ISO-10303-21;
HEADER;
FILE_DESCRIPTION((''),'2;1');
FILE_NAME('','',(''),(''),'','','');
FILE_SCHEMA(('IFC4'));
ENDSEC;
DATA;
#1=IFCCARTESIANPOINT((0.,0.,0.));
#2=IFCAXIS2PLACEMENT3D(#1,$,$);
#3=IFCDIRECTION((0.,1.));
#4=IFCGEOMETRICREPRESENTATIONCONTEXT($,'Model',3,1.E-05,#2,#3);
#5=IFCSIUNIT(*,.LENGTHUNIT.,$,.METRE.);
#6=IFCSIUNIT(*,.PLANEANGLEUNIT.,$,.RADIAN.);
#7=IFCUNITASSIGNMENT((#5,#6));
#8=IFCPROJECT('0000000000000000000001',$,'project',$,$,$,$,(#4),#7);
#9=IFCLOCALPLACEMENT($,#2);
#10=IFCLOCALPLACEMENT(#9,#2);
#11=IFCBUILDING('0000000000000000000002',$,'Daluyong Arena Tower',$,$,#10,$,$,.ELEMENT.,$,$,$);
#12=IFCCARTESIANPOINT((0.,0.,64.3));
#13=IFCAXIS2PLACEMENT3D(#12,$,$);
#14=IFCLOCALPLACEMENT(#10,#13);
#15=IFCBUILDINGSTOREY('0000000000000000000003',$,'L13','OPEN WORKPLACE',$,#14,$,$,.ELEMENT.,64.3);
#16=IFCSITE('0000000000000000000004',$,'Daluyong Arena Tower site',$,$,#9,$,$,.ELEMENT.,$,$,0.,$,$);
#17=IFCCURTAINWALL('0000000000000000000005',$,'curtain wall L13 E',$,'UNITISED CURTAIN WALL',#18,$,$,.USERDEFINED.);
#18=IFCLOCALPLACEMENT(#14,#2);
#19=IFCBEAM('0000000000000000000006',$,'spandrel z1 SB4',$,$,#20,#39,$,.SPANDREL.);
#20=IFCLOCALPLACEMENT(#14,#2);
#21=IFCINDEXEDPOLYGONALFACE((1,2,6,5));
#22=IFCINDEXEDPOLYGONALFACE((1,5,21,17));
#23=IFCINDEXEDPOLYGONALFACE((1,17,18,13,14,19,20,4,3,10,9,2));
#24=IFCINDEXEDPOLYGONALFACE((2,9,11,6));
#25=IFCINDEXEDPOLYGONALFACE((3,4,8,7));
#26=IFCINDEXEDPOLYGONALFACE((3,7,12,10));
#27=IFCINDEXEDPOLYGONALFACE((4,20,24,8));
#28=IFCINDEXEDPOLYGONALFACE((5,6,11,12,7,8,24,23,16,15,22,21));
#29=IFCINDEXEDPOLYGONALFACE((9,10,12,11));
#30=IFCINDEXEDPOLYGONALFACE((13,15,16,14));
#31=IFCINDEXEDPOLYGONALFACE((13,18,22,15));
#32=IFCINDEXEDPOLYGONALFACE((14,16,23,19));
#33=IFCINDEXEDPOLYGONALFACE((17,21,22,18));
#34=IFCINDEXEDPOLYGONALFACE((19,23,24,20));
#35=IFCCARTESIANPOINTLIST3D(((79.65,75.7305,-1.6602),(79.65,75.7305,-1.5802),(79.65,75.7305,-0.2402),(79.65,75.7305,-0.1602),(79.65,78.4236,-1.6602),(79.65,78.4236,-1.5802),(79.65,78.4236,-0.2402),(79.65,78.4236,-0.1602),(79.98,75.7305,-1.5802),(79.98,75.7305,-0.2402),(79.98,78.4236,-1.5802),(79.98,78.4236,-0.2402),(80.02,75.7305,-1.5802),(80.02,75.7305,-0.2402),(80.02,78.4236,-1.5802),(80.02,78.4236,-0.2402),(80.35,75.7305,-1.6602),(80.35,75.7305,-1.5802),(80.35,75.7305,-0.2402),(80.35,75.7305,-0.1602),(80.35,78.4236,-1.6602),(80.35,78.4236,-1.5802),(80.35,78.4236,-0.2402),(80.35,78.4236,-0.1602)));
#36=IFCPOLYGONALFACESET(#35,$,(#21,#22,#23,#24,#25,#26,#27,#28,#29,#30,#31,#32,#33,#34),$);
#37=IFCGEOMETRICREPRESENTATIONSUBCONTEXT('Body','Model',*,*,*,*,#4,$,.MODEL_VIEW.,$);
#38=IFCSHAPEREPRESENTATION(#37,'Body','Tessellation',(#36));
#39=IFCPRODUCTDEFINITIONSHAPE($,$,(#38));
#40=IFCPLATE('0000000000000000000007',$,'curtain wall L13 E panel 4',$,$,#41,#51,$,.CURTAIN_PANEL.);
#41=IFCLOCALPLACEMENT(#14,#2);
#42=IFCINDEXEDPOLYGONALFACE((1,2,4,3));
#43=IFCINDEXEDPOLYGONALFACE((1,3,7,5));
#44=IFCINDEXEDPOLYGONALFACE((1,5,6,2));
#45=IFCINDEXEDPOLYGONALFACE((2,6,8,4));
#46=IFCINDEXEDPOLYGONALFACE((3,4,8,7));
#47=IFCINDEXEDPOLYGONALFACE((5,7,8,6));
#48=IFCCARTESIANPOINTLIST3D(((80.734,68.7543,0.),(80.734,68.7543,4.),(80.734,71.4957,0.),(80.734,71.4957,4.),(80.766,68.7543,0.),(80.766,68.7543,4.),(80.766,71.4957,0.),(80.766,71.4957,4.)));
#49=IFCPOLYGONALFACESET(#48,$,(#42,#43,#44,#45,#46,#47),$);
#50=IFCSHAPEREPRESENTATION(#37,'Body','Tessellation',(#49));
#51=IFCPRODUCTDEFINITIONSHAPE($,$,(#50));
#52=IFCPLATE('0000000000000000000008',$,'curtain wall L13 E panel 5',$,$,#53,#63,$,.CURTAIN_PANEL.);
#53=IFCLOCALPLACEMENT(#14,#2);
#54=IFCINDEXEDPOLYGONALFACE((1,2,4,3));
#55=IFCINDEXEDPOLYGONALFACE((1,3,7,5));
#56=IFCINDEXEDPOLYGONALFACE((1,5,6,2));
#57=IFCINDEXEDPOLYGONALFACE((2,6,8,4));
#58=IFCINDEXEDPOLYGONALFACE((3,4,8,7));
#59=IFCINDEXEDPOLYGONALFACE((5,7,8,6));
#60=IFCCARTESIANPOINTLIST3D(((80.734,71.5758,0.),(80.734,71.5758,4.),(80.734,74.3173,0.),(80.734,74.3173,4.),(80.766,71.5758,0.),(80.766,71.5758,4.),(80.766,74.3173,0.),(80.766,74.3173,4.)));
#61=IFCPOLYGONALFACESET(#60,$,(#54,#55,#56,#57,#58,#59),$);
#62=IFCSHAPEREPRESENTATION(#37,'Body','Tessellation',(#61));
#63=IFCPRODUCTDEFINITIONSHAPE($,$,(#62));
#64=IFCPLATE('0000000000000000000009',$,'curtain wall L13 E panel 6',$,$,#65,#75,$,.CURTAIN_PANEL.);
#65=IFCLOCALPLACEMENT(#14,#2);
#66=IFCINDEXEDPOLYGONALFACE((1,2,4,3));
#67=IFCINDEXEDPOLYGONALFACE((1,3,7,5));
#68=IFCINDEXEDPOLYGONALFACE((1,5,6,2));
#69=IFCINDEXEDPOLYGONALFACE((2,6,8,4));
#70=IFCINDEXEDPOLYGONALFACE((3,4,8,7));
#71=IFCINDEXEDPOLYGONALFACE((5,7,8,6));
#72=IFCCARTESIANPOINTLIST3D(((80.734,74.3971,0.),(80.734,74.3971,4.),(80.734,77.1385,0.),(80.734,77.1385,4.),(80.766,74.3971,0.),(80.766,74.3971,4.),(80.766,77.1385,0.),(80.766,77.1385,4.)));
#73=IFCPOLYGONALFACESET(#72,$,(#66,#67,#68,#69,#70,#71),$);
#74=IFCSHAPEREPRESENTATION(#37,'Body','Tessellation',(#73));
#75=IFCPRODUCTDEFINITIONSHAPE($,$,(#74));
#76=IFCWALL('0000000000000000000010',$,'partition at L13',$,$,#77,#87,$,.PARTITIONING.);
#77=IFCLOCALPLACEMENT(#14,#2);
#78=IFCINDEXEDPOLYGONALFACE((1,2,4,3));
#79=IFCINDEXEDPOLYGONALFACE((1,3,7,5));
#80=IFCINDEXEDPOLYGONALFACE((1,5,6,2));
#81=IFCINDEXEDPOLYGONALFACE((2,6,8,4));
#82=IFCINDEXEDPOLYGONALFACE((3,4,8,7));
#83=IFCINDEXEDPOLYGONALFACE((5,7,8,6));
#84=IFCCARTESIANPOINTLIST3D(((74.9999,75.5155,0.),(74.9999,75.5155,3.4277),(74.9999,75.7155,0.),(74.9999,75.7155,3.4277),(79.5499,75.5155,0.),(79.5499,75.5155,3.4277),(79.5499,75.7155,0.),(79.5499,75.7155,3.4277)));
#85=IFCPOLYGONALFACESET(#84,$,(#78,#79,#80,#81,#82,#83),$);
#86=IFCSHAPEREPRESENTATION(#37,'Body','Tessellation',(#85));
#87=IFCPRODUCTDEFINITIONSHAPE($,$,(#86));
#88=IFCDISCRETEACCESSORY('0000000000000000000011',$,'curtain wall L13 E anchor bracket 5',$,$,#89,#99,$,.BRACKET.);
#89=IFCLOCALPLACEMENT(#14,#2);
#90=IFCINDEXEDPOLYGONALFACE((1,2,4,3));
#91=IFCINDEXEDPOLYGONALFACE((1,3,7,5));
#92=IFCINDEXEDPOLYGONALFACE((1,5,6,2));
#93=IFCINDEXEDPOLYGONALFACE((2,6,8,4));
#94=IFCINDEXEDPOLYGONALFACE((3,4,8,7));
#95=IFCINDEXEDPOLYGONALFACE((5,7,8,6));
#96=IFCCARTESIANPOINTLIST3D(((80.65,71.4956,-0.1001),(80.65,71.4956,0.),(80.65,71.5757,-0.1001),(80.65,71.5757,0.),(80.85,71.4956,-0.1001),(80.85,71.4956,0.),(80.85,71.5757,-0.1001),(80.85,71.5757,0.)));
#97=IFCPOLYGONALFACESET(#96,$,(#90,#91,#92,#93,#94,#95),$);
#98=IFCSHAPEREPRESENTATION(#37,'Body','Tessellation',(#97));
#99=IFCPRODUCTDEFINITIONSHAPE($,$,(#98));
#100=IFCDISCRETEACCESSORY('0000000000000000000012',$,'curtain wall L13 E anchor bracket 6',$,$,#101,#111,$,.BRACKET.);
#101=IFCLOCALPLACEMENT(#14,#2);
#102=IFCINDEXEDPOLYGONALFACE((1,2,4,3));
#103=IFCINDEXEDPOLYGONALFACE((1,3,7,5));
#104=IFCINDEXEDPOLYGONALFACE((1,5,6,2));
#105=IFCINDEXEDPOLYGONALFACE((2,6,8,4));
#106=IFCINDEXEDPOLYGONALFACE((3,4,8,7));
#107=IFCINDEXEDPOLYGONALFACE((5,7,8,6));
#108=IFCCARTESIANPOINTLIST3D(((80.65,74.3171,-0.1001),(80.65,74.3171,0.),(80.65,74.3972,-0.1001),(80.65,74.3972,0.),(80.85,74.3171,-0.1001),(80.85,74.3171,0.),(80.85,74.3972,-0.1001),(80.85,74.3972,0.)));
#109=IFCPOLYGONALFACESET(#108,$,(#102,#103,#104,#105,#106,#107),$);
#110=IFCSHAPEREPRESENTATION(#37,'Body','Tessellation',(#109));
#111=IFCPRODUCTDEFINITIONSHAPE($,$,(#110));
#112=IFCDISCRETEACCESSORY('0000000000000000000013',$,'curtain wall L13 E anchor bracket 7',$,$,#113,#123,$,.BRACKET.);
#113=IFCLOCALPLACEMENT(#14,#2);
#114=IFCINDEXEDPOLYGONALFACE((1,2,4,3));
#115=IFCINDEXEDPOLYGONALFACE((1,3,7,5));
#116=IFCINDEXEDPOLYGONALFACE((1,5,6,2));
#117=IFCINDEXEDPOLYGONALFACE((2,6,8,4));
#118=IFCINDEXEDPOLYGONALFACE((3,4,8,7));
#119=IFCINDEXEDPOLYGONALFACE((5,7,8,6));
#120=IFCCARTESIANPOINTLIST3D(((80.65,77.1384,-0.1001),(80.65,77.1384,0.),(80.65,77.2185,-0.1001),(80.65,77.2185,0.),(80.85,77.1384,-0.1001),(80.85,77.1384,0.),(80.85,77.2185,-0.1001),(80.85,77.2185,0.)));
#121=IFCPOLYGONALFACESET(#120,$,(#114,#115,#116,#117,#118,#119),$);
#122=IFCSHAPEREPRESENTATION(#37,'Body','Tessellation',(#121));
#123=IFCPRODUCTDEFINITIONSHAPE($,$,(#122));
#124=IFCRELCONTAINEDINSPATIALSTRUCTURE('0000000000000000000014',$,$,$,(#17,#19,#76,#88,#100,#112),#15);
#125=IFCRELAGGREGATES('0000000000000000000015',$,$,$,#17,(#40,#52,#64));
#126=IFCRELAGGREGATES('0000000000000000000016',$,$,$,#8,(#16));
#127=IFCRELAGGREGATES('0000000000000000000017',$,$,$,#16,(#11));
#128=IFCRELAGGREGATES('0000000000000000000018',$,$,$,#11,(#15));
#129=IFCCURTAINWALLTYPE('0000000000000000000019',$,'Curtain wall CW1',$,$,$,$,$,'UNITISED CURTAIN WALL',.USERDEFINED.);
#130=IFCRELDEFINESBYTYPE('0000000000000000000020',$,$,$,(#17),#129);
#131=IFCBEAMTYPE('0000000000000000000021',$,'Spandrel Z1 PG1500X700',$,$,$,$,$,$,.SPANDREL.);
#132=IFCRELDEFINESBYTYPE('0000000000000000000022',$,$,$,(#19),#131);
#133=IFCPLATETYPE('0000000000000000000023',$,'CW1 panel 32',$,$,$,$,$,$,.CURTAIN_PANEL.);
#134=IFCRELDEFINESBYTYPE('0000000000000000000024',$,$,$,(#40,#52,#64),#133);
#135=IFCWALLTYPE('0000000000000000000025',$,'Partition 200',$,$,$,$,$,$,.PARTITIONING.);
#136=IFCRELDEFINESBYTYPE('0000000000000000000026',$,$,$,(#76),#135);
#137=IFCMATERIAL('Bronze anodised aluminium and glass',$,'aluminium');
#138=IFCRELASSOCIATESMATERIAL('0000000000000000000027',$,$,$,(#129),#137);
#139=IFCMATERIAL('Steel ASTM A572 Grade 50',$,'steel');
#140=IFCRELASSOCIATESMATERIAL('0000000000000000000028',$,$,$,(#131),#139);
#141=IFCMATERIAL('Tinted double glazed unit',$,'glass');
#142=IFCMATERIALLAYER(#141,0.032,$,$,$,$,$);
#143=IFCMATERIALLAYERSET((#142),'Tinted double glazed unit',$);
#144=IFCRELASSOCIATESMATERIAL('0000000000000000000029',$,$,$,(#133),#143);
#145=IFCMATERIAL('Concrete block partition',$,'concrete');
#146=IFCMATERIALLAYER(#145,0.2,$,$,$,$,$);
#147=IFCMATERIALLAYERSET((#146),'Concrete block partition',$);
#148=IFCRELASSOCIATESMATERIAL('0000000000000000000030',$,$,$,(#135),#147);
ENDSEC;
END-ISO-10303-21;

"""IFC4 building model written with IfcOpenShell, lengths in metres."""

from ifc_helpers import new_model, si_unit, direction, frame, frame_2d, origin, origin_2d, place, context, subcontext, project, spatial, rectangle, i_section, extrude, material, layer, layer_set, material_profile, profile_set, type_object, element, aggregate, save


model = new_model("IFC4")

# Units and contexts
model_context = context("Model", 3, precision=1e-05, world=origin(), true_north=direction((0.0, 1.0)))
body_context = subcontext(model_context, "Body", "Model", "MODEL_VIEW")
ifc_project = project(units=[si_unit("LENGTHUNIT", "METRE"), si_unit("PLANEANGLEUNIT", "RADIAN")], contexts=[model_context])

# Site, building, storey
site_placement = place(None, origin())
site = spatial("IfcSite", under=ifc_project, at=site_placement, Name="Daluyong Arena Tower site", CompositionType="ELEMENT", RefElevation=0.0)
building_placement = place(site_placement, origin())
building = spatial("IfcBuilding", under=site, at=building_placement, Name="Daluyong Arena Tower", CompositionType="ELEMENT")
storey_placement = place(building_placement, frame((0.0, 0.0, 64.3)))
storey = spatial("IfcBuildingStorey", under=building, at=storey_placement, Name="L13", Description="OPEN WORKPLACE", CompositionType="ELEMENT", Elevation=64.3)

# Curtain wall
ifc_material_1 = material(Name="Bronze anodised aluminium and glass", Category="aluminium")
curtain_wall_type = type_object("IfcCurtainWallType", Name="Curtain wall CW1", ElementType="UNITISED CURTAIN WALL", PredefinedType="USERDEFINED", material=ifc_material_1)
curtain_wall_placement = place(storey_placement, origin())
curtain_wall = element("IfcCurtainWall", 1, at=curtain_wall_placement, inside=storey, type_object=curtain_wall_type, Name="curtain wall L13 E", ObjectType="UNITISED CURTAIN WALL", PredefinedType="USERDEFINED")

# Beam
ifc_material_2 = material(Name="Steel ASTM A572 Grade 50", Category="steel")
ifc_material_profile_1 = material_profile(ifc_material_2, i_section(OverallWidth=0.7, OverallDepth=1.5, WebThickness=0.04, FlangeThickness=0.08, at=origin_2d()))
ifc_profile_set_1 = profile_set([ifc_material_profile_1], Name="Steel ASTM A572 Grade 50")
beam_type_1 = type_object("IfcBeamType", Name="Spandrel Z1 PG1500X700", PredefinedType="SPANDREL", material=ifc_profile_set_1)
for number, where, z_axis, x_axis, name in (
    (2, (80.0, 75.7305, -0.9102), (0.0, 1.0, 0.0), (-1.0, 0.0, 0.0), "spandrel z1 SB4"),
):
    element("IfcBeam", number, at=place(storey_placement, frame(where, z_axis=z_axis, x_axis=x_axis)), inside=storey, type_object=beam_type_1, Name=name, PredefinedType="SPANDREL", context=body_context, shape_type="SweptSolid", body=[
        extrude(i_section(OverallWidth=0.7, OverallDepth=1.5, WebThickness=0.04, FlangeThickness=0.08, at=origin_2d()), origin(), (0.0, 0.0, 1.0), 2.6931),
    ])

# Plates
ifc_material_3 = material(Name="Tinted double glazed unit", Category="glass")
ifc_layer_1 = layer(ifc_material_3, 0.032)
ifc_layer_set_1 = layer_set([ifc_layer_1], Name="Tinted double glazed unit")
plate_type = type_object("IfcPlateType", Name="CW1 panel 32", PredefinedType="CURTAIN_PANEL", material=ifc_layer_set_1)
plate_1_placement = place(storey_placement, frame((80.75, 70.125, 0.0), z_axis=(0.0, 0.0, 1.0), x_axis=(0.0, 1.0, 0.0)))
plate_1 = element("IfcPlate", 3, at=plate_1_placement, type_object=plate_type, Name="curtain wall L13 E panel 4", PredefinedType="CURTAIN_PANEL", context=body_context, shape_type="SweptSolid", body=[
    extrude(rectangle(XDim=2.7415, YDim=0.032, at=origin_2d()), origin(), (0.0, 0.0, 1.0), 4.0),
])
plate_2_placement = place(storey_placement, frame((80.75, 72.9465, 0.0), z_axis=(0.0, 0.0, 1.0), x_axis=(0.0, 1.0, 0.0)))
plate_2 = element("IfcPlate", 4, at=plate_2_placement, type_object=plate_type, Name="curtain wall L13 E panel 5", PredefinedType="CURTAIN_PANEL", context=body_context, shape_type="SweptSolid", body=[
    extrude(rectangle(XDim=2.7415, YDim=0.032, at=origin_2d()), origin(), (0.0, 0.0, 1.0), 4.0),
])
plate_3_placement = place(storey_placement, frame((80.75, 75.7678, 0.0), z_axis=(0.0, 0.0, 1.0), x_axis=(0.0, 1.0, 0.0)))
plate_3 = element("IfcPlate", 5, at=plate_3_placement, type_object=plate_type, Name="curtain wall L13 E panel 6", PredefinedType="CURTAIN_PANEL", context=body_context, shape_type="SweptSolid", body=[
    extrude(rectangle(XDim=2.7415, YDim=0.032, at=origin_2d()), origin(), (0.0, 0.0, 1.0), 4.0),
])
aggregate(curtain_wall, [plate_1, plate_2, plate_3])

# Wall
ifc_material_4 = material(Name="Concrete block partition", Category="concrete")
ifc_layer_2 = layer(ifc_material_4, 0.2)
ifc_layer_set_2 = layer_set([ifc_layer_2], Name="Concrete block partition")
wall_type_1 = type_object("IfcWallType", Name="Partition 200", PredefinedType="PARTITIONING", material=ifc_layer_set_2)
wall_1_placement = place(storey_placement, frame((75.0, 75.6155, 0.0), z_axis=(0.0, 0.0, 1.0), x_axis=(1.0, 0.0, 0.0)))
element("IfcWall", 6, at=wall_1_placement, inside=storey, type_object=wall_type_1, Name="partition at L13", PredefinedType="PARTITIONING", context=body_context, shape_type="SweptSolid", body=[
    extrude(rectangle(XDim=4.55, YDim=0.2, at=frame_2d((2.2749, 0.0))), origin(), (0.0, 0.0, 1.0), 3.4277),
])

# Discrete accessories
for number, where, z_axis, x_axis, name in (
    (7, (80.75, 71.5356, -0.1001), (0.0, 0.0, 1.0), (0.0, 1.0, 0.0), "curtain wall L13 E anchor bracket 5"),
    (8, (80.75, 74.3572, -0.1001), (0.0, 0.0, 1.0), (0.0, 1.0, 0.0), "curtain wall L13 E anchor bracket 6"),
    (9, (80.75, 77.1785, -0.1001), (0.0, 0.0, 1.0), (0.0, 1.0, 0.0), "curtain wall L13 E anchor bracket 7"),
):
    element("IfcDiscreteAccessory", number, at=place(storey_placement, frame(where, z_axis=z_axis, x_axis=x_axis)), inside=storey, Name=name, PredefinedType="BRACKET", context=body_context, shape_type="SweptSolid", body=[
        extrude(rectangle(XDim=0.0801, YDim=0.2, at=origin_2d()), origin(), (0.0, 0.0, 1.0), 0.1001),
    ])

save(model, "model.ifc")
